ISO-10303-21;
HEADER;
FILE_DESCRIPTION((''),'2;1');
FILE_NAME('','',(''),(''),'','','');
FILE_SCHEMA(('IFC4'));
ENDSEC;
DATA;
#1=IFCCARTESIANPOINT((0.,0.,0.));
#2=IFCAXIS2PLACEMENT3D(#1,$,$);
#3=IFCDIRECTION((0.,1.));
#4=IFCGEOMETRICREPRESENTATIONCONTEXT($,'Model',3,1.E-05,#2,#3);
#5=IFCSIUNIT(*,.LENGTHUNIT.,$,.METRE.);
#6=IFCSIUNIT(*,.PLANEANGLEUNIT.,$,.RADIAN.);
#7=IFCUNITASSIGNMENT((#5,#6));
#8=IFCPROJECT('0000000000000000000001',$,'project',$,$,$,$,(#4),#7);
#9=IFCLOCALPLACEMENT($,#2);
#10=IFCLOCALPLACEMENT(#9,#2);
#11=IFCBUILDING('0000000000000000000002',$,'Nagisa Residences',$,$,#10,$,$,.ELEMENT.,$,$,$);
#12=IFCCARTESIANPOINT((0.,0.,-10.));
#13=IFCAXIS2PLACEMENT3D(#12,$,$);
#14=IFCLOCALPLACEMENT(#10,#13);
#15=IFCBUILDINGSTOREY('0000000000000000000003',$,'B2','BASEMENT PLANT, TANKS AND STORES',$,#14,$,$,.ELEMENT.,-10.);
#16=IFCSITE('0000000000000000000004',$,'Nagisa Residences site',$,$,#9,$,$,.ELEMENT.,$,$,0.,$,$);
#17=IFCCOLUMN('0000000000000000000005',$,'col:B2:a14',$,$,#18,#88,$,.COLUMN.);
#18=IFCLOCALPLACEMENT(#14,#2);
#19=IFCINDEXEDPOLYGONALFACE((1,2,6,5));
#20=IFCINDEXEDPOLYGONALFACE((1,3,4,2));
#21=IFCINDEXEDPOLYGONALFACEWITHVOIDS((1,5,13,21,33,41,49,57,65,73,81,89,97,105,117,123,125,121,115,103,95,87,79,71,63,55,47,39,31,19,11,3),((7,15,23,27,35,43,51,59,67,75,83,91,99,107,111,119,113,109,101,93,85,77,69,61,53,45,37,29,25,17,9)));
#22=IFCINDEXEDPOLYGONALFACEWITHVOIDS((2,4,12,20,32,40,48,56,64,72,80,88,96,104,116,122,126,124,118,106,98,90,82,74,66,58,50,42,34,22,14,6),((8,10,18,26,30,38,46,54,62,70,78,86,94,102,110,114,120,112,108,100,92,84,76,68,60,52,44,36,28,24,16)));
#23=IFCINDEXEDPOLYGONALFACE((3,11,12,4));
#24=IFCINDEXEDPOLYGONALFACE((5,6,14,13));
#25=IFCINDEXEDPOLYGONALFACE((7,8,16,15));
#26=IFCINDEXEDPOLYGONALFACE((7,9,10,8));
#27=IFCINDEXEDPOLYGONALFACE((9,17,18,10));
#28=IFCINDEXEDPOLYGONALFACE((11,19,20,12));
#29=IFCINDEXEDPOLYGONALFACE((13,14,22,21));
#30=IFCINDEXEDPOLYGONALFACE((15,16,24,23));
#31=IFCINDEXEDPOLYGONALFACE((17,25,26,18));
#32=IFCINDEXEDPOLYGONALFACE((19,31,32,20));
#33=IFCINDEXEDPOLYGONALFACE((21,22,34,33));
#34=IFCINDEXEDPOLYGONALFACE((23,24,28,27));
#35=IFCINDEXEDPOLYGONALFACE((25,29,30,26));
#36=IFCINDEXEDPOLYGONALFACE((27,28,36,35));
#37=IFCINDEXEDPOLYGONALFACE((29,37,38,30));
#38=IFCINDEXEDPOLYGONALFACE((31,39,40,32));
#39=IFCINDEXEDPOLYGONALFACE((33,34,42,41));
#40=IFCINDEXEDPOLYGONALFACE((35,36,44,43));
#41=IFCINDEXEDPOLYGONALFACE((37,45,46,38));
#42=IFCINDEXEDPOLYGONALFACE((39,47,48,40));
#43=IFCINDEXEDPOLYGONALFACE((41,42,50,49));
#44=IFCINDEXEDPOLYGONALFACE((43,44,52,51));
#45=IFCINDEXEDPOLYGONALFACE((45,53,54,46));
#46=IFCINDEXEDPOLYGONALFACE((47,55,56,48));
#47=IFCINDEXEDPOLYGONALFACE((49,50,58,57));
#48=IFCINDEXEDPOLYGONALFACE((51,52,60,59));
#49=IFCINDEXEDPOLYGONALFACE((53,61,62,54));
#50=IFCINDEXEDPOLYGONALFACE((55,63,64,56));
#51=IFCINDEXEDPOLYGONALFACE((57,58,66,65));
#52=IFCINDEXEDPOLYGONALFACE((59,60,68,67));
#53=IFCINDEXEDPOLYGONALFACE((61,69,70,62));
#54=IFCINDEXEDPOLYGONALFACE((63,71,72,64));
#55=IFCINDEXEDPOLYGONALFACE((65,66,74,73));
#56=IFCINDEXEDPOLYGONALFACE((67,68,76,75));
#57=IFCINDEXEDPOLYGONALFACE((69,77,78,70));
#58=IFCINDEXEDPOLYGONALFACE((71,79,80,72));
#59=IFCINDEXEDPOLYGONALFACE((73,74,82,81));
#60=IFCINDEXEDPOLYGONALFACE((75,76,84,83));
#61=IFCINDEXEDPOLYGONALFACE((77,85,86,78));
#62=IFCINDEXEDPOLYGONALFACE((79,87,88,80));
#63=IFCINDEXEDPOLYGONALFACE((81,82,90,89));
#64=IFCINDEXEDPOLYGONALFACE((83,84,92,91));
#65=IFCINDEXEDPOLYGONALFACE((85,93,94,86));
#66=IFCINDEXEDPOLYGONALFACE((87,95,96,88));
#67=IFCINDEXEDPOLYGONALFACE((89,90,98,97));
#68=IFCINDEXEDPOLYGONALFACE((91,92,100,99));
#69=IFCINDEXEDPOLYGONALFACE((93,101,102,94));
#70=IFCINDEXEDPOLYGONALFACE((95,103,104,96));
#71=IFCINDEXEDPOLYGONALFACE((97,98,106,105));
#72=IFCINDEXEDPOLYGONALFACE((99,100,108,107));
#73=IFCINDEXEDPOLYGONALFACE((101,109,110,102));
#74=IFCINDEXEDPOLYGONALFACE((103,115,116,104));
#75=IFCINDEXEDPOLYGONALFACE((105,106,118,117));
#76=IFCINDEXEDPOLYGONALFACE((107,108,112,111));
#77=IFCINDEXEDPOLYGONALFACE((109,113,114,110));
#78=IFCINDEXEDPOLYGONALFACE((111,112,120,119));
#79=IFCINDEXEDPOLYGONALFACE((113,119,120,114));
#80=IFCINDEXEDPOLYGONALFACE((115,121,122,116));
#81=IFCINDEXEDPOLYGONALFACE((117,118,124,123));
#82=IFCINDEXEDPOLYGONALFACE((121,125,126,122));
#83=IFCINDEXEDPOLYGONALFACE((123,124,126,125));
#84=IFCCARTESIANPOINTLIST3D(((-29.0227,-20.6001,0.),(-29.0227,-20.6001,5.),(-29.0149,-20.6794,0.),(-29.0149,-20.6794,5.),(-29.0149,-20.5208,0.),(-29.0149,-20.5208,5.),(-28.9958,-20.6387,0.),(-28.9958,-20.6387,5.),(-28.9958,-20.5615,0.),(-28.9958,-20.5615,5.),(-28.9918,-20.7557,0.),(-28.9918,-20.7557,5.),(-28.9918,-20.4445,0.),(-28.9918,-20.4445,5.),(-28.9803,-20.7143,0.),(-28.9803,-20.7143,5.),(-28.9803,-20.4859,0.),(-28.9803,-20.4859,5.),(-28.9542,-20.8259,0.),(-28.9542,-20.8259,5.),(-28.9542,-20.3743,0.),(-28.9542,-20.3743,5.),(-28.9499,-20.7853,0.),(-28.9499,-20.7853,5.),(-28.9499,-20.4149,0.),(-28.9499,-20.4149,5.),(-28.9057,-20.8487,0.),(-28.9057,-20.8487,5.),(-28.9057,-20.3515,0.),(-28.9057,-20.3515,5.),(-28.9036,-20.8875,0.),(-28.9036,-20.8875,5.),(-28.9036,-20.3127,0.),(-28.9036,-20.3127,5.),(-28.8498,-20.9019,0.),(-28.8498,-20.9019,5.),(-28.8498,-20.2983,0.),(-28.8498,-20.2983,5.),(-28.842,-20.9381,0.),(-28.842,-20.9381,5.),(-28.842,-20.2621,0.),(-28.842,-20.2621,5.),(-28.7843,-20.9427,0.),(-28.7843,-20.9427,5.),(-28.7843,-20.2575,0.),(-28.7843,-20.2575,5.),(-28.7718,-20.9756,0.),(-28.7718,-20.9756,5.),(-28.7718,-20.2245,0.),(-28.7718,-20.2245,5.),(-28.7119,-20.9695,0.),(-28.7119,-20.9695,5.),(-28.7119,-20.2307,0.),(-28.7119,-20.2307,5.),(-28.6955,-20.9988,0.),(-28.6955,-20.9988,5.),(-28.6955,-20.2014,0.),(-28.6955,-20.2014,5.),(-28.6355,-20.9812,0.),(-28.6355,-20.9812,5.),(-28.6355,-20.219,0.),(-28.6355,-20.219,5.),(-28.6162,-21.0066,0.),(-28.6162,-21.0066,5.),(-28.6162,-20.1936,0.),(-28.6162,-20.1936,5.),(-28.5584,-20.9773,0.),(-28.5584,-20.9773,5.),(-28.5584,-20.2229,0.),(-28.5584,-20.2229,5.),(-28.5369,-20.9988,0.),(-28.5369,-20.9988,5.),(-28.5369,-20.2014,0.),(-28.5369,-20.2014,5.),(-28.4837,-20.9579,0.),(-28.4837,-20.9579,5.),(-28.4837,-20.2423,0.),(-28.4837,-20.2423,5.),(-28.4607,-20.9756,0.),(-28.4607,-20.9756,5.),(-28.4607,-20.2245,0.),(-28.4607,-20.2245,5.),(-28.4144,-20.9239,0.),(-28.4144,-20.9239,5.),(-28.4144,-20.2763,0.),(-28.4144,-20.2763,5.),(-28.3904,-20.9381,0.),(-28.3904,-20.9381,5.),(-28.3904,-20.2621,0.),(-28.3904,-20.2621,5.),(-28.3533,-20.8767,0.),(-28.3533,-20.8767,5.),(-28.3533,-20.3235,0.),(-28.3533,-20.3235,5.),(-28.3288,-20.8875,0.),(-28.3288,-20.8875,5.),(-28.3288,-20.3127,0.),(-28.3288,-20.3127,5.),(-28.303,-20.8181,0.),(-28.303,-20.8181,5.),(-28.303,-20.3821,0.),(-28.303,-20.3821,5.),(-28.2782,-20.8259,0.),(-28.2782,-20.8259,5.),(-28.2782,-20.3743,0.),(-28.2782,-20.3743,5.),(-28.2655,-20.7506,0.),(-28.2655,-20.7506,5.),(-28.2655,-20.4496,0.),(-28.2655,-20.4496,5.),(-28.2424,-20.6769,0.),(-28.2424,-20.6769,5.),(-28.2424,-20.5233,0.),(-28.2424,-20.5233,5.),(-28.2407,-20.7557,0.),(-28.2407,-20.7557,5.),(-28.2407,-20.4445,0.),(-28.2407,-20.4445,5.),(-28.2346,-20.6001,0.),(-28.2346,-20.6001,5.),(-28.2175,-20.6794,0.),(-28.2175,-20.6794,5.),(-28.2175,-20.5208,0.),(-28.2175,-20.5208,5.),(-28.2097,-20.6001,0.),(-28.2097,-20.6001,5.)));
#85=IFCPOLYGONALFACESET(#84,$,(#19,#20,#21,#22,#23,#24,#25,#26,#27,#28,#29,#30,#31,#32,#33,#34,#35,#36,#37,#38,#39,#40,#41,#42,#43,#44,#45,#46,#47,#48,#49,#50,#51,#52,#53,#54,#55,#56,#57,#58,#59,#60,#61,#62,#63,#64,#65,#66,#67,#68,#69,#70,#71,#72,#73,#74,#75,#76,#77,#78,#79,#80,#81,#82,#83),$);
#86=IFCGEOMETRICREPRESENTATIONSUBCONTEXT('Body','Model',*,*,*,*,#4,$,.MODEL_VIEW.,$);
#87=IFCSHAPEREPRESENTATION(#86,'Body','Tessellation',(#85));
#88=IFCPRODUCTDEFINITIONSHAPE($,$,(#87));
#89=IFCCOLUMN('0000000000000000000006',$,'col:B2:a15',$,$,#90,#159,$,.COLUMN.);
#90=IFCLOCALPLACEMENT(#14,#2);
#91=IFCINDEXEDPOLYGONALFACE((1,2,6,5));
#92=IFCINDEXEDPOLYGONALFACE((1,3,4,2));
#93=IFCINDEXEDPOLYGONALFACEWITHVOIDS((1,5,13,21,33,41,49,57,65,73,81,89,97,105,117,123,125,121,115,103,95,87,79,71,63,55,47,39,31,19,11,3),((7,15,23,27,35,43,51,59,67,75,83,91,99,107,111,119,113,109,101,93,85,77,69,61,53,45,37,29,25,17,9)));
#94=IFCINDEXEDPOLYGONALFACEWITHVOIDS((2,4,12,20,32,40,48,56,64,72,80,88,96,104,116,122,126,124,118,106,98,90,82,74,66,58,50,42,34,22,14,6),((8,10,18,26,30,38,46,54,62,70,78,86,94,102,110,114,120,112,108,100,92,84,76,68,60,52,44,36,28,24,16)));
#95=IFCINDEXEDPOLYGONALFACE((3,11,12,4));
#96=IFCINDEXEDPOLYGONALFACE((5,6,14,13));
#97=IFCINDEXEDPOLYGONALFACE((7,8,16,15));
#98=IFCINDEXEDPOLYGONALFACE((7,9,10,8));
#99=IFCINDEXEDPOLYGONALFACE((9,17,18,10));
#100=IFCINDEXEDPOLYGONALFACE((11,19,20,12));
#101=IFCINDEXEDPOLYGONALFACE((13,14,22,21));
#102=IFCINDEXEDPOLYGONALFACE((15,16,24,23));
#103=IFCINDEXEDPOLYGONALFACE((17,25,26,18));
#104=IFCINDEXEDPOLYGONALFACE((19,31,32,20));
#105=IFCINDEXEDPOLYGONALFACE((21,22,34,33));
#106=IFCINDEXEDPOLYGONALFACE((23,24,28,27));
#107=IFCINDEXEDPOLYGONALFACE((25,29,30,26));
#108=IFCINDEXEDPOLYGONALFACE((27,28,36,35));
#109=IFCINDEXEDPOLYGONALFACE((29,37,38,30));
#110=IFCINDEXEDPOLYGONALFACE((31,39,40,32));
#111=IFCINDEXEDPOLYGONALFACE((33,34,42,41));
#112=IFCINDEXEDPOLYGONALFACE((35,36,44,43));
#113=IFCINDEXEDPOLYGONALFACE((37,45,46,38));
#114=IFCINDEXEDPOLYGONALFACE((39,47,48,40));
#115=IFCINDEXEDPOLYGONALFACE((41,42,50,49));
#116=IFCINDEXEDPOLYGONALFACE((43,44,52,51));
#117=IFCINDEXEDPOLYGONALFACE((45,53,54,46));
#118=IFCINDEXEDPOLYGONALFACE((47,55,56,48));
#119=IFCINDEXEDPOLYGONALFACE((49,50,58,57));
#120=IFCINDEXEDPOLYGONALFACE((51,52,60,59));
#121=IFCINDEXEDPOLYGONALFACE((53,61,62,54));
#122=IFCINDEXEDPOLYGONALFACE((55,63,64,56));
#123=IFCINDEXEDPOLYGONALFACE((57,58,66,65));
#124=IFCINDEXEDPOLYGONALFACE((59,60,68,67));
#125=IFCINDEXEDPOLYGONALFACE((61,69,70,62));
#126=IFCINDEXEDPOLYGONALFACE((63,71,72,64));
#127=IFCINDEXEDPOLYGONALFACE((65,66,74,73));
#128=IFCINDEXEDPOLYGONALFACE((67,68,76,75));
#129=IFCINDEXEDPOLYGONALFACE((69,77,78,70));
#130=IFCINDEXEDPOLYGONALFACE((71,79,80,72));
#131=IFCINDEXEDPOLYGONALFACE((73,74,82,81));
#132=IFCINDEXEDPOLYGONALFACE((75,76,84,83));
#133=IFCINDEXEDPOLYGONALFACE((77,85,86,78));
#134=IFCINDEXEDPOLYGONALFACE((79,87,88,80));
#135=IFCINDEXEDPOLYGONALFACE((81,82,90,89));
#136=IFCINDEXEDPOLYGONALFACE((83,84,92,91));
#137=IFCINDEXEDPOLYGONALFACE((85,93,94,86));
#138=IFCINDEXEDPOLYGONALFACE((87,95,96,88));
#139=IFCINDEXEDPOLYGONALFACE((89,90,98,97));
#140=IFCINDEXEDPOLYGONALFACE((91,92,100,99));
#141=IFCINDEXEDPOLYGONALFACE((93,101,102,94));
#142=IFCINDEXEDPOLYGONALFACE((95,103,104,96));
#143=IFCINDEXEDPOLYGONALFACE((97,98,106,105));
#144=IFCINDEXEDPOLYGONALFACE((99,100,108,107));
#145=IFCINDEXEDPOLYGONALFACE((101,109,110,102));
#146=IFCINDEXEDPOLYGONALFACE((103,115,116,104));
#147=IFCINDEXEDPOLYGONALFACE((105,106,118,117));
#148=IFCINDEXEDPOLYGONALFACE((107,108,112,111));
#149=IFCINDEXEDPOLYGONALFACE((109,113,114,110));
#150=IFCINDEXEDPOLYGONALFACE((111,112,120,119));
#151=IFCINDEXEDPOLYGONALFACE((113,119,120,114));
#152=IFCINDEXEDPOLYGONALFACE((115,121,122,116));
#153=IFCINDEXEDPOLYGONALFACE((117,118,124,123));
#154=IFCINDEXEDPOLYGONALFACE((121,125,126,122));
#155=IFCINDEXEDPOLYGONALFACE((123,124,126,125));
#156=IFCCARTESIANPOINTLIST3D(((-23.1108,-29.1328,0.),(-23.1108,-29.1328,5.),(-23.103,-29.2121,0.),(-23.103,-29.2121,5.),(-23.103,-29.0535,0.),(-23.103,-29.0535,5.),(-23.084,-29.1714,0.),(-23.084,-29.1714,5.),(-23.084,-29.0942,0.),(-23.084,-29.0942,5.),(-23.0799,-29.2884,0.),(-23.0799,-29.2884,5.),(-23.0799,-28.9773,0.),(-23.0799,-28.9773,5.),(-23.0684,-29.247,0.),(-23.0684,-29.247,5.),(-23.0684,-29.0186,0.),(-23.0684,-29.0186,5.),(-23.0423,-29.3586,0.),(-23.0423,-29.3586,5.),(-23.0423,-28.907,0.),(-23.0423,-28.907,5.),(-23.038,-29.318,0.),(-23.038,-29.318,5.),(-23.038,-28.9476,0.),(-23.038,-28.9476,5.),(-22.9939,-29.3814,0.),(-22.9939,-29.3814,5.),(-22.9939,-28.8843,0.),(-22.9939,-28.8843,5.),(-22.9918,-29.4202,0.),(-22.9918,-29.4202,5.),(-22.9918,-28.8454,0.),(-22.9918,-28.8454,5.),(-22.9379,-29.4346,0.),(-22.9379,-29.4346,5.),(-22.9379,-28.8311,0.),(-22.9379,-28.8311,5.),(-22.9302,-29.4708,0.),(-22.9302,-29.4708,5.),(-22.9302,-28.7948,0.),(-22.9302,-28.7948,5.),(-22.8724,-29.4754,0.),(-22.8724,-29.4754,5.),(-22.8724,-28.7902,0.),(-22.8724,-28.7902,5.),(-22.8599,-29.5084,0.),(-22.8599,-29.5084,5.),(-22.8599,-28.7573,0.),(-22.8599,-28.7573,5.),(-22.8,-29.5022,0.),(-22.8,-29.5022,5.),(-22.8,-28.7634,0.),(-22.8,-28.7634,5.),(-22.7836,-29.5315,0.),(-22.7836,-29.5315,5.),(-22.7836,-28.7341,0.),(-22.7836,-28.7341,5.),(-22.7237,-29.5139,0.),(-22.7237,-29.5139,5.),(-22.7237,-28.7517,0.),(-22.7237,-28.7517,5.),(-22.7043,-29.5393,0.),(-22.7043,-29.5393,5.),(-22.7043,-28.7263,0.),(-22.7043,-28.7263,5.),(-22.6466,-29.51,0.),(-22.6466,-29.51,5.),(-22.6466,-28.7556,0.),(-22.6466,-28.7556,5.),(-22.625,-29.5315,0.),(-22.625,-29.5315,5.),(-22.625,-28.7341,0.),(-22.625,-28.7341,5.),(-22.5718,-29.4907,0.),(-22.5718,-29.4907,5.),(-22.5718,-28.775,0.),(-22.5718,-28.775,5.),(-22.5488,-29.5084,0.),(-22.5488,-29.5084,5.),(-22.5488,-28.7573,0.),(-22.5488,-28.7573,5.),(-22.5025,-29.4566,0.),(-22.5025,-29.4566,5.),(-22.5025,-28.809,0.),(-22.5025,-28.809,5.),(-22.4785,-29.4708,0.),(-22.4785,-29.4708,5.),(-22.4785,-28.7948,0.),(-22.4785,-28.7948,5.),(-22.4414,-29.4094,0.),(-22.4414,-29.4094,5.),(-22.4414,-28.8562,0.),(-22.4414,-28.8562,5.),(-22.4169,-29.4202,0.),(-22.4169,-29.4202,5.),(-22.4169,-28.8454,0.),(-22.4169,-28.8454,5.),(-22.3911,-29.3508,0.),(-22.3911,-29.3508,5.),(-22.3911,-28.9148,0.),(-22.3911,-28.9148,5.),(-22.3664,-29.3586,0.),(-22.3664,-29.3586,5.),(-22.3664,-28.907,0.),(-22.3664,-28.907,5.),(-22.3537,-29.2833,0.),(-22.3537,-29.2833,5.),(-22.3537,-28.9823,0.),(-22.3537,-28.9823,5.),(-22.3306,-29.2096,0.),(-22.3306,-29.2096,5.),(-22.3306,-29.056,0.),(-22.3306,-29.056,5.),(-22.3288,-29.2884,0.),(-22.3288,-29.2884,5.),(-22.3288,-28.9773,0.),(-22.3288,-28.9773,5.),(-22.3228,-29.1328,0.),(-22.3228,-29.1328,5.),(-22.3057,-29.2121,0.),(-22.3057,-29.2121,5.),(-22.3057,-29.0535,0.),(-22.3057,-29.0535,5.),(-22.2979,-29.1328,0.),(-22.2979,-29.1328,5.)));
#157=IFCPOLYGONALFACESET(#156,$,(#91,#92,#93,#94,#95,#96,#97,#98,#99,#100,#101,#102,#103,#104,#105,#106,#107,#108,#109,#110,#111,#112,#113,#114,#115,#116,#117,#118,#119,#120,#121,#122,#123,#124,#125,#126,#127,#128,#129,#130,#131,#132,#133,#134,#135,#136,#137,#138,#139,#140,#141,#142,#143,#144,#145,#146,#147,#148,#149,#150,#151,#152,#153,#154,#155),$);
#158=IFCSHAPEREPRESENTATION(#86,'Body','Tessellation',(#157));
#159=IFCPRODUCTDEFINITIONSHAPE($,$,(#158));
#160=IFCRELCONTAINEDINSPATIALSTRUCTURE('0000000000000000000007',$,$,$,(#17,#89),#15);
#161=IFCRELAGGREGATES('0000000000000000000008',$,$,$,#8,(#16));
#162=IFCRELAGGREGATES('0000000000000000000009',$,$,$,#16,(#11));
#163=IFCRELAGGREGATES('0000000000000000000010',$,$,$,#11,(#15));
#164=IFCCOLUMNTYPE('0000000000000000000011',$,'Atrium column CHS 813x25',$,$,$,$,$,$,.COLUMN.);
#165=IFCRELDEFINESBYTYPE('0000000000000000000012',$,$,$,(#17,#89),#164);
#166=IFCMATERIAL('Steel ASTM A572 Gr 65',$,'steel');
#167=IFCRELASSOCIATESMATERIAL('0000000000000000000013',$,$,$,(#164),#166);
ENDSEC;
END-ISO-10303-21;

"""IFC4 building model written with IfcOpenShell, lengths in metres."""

from ifc_helpers import new_model, si_unit, direction, frame, origin, origin_2d, place, context, subcontext, project, spatial, hollow_circle, extrude, material, material_profile, profile_set, type_object, element, save


model = new_model("IFC4")

# Units and contexts
model_context = context("Model", 3, precision=1e-05, world=origin(), true_north=direction((0.0, 1.0)))
body_context = subcontext(model_context, "Body", "Model", "MODEL_VIEW")
ifc_project = project(units=[si_unit("LENGTHUNIT", "METRE"), si_unit("PLANEANGLEUNIT", "RADIAN")], contexts=[model_context])

# Site, building, storey
site_placement = place(None, origin())
site = spatial("IfcSite", under=ifc_project, at=site_placement, Name="Nagisa Residences site", CompositionType="ELEMENT", RefElevation=0.0)
building_placement = place(site_placement, origin())
building = spatial("IfcBuilding", under=site, at=building_placement, Name="Nagisa Residences", CompositionType="ELEMENT")
storey_placement = place(building_placement, frame((0.0, 0.0, -10.0)))
storey = spatial("IfcBuildingStorey", under=building, at=storey_placement, Name="B2", Description="BASEMENT PLANT, TANKS AND STORES", CompositionType="ELEMENT", Elevation=-10.0)

# Columns
ifc_material_1 = material(Name="Steel ASTM A572 Gr 65", Category="steel")
ifc_material_profile_1 = material_profile(ifc_material_1, hollow_circle(Radius=0.4065, WallThickness=0.0249, at=origin_2d()), Name="CHS 813x25")
ifc_profile_set_1 = profile_set([ifc_material_profile_1], Name="Steel ASTM A572 Gr 65")
column_type_1 = type_object("IfcColumnType", Name="Atrium column CHS 813x25", PredefinedType="COLUMN", material=ifc_profile_set_1)
for number, where, z_axis, x_axis, name in (
    (1, (-28.6162, -20.6001, 0.0), (0.0, 0.0, 1.0), (1.0, 0.0, 0.0), "col:B2:a14"),
    (2, (-22.7043, -29.1328, 0.0), (0.0, 0.0, 1.0), (1.0, 0.0, 0.0), "col:B2:a15"),
):
    element("IfcColumn", number, at=place(storey_placement, frame(where, z_axis=z_axis, x_axis=x_axis)), inside=storey, type_object=column_type_1, Name=name, PredefinedType="COLUMN", context=body_context, shape_type="SweptSolid", body=[
        extrude(hollow_circle(Radius=0.4065, WallThickness=0.0249, at=origin_2d()), origin(), (0.0, 0.0, 1.0), 5.0),
    ])

save(model, "model.ifc")
